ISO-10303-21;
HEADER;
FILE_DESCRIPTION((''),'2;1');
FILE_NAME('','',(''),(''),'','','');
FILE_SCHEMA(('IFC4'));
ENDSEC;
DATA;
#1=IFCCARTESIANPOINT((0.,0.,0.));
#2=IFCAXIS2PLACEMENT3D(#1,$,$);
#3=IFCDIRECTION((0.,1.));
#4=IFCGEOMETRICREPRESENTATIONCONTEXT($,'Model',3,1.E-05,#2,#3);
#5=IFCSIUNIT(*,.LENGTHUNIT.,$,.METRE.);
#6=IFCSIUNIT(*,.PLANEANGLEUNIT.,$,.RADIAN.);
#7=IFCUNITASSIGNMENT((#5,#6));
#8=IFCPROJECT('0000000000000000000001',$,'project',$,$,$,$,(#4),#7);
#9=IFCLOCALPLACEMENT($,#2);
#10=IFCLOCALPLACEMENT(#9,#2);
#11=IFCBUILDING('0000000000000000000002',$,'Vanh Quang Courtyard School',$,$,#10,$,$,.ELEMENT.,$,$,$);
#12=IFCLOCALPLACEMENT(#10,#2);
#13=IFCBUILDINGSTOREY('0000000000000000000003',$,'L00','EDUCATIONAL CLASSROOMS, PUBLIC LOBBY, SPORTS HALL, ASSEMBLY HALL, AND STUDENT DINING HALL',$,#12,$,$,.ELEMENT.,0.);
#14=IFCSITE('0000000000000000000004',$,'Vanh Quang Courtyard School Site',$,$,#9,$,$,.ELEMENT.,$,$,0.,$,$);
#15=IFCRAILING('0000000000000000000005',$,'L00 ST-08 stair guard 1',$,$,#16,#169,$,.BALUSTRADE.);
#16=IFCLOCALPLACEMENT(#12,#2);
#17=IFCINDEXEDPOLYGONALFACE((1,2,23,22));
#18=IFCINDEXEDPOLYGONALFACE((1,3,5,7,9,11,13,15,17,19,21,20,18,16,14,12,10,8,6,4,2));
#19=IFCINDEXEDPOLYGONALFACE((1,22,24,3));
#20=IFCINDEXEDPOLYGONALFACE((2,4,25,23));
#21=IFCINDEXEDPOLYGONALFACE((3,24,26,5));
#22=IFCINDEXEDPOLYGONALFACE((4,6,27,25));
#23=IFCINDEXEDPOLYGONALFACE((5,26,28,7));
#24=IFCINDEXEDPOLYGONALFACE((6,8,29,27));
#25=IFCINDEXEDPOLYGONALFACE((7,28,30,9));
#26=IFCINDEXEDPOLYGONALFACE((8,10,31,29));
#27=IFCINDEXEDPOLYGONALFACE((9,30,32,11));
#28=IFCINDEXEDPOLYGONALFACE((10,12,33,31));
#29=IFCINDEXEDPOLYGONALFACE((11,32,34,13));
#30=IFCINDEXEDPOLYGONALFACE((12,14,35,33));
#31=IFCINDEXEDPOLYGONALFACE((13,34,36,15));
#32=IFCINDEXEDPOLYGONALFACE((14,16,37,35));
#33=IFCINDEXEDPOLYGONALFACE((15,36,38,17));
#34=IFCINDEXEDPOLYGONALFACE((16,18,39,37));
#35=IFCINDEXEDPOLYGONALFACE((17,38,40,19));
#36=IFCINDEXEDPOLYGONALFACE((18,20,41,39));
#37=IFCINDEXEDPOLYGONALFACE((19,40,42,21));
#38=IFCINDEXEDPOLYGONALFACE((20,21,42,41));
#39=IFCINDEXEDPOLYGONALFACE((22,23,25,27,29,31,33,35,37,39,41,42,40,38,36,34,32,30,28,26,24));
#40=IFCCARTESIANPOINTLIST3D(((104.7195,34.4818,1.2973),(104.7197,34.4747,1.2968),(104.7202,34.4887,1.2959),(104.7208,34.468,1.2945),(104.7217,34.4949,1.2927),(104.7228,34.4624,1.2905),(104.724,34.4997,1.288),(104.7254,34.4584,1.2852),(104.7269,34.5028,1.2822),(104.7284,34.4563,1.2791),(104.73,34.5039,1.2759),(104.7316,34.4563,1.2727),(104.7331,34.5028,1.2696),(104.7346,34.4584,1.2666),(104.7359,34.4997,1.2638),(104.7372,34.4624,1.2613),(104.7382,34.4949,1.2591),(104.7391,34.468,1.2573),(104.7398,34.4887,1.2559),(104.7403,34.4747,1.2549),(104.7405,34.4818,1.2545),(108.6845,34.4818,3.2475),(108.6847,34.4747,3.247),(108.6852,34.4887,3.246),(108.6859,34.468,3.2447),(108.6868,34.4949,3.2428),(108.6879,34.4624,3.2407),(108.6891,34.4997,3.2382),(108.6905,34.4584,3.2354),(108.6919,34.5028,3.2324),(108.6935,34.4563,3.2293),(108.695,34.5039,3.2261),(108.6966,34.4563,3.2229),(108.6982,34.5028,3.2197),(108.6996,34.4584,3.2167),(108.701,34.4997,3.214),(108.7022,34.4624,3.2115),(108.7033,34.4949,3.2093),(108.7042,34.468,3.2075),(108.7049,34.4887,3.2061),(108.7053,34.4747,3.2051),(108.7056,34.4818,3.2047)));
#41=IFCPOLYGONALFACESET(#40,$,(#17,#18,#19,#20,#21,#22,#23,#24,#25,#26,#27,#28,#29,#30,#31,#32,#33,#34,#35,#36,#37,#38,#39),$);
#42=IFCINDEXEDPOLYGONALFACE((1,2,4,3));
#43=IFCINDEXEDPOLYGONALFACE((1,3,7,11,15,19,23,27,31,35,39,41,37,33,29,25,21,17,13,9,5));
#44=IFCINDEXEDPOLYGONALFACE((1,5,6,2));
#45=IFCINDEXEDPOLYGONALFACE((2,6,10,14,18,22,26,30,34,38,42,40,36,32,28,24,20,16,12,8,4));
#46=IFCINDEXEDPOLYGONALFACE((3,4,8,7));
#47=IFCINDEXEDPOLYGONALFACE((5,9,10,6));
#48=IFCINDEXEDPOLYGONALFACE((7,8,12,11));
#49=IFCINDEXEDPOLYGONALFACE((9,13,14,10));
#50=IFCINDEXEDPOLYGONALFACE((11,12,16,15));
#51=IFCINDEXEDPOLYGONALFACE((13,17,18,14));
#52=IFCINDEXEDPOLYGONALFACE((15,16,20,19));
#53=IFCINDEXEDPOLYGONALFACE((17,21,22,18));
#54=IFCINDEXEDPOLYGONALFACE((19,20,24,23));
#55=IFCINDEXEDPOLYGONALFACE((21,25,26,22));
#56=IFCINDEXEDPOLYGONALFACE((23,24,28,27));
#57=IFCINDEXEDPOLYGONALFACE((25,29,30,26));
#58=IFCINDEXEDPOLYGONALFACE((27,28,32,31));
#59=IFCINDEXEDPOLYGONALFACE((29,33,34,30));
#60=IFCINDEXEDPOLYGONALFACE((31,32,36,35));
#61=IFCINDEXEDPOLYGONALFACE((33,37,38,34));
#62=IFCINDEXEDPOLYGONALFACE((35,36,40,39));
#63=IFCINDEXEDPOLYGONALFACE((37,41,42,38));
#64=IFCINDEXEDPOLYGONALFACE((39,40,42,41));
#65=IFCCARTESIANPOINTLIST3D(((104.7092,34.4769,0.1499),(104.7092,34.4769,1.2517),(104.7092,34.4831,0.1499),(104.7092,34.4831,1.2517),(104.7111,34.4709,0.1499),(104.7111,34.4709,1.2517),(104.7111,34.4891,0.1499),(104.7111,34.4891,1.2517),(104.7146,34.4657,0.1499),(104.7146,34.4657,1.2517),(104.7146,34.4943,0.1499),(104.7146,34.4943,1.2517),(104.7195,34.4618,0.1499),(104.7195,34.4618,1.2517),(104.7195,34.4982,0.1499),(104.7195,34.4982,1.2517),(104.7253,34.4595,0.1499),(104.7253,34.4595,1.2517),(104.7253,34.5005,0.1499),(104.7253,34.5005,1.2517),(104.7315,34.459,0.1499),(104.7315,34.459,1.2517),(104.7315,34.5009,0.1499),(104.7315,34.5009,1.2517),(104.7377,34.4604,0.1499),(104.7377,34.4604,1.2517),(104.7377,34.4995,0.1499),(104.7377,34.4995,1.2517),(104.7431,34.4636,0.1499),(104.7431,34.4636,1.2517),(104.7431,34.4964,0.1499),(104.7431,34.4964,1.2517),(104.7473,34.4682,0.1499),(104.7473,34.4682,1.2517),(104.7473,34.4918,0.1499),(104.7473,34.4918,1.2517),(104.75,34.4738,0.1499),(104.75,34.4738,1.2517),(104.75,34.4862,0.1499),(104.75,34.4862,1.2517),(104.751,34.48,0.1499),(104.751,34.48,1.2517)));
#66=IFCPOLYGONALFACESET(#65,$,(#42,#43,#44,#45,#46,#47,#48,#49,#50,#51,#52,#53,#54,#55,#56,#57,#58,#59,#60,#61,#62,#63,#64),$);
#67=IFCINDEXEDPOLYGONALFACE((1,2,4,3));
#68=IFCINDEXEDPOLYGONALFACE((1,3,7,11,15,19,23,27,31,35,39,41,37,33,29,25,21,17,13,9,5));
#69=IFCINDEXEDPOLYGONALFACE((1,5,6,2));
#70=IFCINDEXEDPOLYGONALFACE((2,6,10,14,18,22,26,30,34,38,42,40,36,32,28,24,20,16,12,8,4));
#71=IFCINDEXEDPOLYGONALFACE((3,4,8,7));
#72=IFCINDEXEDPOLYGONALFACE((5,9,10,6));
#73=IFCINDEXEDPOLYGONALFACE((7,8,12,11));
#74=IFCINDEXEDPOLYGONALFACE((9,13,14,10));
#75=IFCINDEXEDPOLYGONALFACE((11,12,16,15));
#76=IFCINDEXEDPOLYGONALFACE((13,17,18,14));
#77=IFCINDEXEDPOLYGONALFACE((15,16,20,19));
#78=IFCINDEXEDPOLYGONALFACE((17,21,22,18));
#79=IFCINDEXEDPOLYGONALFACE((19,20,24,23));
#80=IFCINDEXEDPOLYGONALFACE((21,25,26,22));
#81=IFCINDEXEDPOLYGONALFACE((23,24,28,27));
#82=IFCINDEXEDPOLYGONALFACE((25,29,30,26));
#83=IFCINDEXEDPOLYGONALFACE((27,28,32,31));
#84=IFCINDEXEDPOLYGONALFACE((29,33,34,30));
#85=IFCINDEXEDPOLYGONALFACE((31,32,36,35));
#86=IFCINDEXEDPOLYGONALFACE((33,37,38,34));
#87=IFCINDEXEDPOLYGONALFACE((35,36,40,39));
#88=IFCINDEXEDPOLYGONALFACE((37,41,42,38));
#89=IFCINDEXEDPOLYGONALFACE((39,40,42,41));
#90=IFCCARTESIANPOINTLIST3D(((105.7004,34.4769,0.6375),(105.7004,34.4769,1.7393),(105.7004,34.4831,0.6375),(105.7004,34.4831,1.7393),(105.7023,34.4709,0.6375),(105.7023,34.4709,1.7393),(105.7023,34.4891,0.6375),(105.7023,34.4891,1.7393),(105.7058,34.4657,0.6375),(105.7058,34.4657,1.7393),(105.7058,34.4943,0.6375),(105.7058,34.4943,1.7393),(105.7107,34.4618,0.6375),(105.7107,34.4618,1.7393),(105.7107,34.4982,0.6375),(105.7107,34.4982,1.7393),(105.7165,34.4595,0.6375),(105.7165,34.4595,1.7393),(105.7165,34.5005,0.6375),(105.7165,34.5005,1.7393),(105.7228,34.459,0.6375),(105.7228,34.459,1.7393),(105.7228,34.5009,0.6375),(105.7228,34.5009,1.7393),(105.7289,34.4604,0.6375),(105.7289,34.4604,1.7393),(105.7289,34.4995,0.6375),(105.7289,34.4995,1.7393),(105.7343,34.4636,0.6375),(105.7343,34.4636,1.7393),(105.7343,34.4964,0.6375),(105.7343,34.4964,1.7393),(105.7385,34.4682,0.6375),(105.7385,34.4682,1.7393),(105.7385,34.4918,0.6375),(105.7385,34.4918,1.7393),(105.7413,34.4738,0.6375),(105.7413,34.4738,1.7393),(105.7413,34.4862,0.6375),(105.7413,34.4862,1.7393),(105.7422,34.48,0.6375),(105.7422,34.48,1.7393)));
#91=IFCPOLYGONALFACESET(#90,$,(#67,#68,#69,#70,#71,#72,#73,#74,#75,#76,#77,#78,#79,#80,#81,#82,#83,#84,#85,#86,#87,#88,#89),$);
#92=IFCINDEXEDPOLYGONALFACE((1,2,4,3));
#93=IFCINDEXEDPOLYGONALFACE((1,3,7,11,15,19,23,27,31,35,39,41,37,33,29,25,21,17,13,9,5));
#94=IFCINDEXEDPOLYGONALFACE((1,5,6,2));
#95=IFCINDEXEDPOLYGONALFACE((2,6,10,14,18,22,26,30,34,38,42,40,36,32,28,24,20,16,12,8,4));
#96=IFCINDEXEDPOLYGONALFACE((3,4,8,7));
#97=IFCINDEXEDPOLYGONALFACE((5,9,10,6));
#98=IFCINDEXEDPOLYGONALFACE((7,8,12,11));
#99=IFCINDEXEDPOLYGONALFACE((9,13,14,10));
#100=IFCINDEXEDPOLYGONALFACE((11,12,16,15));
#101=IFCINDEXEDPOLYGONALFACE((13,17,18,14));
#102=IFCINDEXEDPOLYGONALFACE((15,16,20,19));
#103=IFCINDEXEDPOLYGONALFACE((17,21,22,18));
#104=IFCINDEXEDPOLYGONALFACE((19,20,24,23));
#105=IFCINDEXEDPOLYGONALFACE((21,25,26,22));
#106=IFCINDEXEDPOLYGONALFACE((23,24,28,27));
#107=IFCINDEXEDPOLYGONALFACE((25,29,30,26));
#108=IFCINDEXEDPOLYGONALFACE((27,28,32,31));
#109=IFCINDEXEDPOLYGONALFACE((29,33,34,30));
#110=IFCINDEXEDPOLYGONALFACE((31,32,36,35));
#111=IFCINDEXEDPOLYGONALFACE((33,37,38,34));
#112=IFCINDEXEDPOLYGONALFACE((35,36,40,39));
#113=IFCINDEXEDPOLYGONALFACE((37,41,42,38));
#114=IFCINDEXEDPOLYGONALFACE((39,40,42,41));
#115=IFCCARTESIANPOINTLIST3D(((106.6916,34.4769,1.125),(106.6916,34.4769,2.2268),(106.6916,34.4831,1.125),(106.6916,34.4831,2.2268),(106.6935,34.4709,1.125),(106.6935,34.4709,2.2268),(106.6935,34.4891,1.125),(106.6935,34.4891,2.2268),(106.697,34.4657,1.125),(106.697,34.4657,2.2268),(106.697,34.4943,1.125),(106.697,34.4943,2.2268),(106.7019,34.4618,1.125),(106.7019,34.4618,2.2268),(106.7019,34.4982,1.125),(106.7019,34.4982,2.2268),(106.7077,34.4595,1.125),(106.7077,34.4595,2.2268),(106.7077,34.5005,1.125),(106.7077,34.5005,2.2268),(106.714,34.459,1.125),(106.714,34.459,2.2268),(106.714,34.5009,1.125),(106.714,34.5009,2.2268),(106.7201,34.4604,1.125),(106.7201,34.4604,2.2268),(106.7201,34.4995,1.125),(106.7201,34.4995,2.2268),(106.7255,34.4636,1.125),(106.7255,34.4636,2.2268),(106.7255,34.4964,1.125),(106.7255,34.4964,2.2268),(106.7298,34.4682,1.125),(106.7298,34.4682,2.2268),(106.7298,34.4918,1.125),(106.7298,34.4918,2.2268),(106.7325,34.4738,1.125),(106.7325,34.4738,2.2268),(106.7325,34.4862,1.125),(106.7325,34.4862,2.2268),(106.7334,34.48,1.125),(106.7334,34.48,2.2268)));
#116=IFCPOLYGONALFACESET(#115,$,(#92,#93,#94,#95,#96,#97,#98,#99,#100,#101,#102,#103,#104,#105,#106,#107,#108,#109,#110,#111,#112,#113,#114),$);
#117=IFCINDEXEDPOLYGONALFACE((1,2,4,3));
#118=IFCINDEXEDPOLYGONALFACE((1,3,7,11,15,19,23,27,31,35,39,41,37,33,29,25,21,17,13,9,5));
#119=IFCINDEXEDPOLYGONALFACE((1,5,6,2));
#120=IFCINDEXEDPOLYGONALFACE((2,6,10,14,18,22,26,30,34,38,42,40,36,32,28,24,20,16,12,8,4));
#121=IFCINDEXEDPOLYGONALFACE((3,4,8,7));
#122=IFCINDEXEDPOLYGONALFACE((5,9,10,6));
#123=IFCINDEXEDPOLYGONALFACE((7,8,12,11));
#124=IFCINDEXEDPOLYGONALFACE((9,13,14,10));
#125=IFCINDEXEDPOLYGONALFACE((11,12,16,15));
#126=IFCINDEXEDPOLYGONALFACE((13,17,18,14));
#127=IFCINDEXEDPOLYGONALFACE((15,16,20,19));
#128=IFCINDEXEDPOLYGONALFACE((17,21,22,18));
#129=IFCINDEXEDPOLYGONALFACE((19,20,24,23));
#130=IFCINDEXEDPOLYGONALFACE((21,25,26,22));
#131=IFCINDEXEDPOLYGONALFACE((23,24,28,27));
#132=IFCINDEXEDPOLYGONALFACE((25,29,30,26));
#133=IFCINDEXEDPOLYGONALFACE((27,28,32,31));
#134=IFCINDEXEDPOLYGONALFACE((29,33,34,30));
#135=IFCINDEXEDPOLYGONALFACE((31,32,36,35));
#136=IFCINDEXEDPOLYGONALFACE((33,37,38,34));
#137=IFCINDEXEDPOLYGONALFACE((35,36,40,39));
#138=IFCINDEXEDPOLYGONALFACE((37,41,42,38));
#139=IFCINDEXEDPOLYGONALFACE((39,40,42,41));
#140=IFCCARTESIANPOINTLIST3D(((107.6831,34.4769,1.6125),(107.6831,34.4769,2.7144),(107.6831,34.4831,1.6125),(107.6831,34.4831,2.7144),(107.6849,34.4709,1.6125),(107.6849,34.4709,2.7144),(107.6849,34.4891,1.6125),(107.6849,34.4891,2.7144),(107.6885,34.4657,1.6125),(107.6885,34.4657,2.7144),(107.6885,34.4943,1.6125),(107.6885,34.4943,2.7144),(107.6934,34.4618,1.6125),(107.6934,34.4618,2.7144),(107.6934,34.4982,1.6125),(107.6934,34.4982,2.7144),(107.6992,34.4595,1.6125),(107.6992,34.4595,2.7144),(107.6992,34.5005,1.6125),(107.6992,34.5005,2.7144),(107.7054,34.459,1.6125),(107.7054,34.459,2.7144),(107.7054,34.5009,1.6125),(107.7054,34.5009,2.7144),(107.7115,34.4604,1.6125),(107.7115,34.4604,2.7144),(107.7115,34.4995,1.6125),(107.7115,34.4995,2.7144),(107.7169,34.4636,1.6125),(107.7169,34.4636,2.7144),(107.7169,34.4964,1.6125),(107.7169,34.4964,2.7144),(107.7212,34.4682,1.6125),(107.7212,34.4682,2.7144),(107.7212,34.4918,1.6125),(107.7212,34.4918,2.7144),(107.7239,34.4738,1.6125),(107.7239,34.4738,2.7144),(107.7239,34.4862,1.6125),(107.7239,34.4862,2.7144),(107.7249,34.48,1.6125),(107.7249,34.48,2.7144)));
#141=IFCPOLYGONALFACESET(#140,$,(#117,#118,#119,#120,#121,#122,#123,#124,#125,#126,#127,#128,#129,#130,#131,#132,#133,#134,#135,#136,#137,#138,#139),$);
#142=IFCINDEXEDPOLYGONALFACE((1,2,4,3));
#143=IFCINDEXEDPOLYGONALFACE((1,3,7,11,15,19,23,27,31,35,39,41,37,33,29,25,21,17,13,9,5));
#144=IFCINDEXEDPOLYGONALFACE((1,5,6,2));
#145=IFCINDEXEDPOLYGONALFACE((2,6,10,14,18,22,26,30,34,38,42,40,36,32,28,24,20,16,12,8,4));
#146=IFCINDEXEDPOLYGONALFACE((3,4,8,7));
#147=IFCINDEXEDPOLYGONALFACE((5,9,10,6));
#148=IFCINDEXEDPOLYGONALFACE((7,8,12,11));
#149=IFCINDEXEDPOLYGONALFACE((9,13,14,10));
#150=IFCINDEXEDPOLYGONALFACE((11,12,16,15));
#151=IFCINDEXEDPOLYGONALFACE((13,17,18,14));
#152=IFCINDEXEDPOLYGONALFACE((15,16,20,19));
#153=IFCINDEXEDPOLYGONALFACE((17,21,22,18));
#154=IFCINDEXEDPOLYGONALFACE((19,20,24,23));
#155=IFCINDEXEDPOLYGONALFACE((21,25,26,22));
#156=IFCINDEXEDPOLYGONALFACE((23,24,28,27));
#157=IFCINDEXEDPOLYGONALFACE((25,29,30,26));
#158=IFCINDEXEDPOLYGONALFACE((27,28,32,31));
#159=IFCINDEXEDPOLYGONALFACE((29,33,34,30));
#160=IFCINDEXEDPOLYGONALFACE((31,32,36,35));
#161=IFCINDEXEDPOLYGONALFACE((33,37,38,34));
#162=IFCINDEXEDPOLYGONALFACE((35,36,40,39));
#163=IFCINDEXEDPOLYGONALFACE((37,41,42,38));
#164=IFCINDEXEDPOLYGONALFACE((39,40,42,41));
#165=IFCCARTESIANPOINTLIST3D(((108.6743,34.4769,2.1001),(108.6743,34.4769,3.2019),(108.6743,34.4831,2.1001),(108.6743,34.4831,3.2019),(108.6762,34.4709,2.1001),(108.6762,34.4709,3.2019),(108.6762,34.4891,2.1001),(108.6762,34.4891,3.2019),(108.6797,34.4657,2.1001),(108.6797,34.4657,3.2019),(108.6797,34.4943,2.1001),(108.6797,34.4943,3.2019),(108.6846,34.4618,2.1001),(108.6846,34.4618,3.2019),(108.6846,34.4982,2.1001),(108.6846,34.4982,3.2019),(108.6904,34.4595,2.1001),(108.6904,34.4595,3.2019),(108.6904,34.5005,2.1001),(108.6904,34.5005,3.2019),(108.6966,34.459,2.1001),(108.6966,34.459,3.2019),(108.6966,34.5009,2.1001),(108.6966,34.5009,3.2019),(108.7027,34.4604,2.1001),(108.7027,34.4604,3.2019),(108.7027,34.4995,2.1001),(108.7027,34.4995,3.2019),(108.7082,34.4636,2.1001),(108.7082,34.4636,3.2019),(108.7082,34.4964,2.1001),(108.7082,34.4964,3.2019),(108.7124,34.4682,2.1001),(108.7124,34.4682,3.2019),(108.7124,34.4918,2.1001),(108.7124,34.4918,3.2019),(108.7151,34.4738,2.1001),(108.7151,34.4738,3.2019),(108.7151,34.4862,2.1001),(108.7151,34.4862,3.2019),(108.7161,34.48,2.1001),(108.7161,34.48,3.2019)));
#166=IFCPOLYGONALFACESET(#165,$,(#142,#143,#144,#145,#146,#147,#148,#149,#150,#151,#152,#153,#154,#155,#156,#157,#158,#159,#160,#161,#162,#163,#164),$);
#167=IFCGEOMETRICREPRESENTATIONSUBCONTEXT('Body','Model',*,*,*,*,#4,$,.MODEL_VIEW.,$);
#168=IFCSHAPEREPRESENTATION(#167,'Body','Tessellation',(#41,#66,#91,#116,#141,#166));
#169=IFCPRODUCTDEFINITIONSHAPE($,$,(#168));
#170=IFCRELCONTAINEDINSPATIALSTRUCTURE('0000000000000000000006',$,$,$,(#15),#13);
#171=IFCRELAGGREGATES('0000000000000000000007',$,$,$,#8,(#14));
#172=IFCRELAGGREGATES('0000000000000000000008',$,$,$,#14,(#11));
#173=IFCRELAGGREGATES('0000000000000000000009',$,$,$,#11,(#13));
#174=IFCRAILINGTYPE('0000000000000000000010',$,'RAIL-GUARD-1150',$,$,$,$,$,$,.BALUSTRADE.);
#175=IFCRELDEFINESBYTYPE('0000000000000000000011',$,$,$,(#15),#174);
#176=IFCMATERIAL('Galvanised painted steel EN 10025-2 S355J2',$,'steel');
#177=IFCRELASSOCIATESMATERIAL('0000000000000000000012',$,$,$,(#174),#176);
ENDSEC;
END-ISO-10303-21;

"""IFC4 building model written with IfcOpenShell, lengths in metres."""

from ifc_helpers import new_model, si_unit, direction, frame, origin, origin_2d, place, context, subcontext, project, spatial, circle, extrude, material, type_object, element, save


model = new_model("IFC4")

# Units and contexts
model_context = context("Model", 3, precision=1e-05, world=origin(), true_north=direction((0.0, 1.0)))
body_context = subcontext(model_context, "Body", "Model", "MODEL_VIEW")
ifc_project = project(units=[si_unit("LENGTHUNIT", "METRE"), si_unit("PLANEANGLEUNIT", "RADIAN")], contexts=[model_context])

# Site, building, storey
site_placement = place(None, origin())
site = spatial("IfcSite", under=ifc_project, at=site_placement, Name="Vanh Quang Courtyard School Site", CompositionType="ELEMENT", RefElevation=0.0)
building_placement = place(site_placement, origin())
building = spatial("IfcBuilding", under=site, at=building_placement, Name="Vanh Quang Courtyard School", CompositionType="ELEMENT")
storey_placement = place(building_placement, origin())
storey = spatial("IfcBuildingStorey", under=building, at=storey_placement, Name="L00", Description="EDUCATIONAL CLASSROOMS, PUBLIC LOBBY, SPORTS HALL, ASSEMBLY HALL, AND STUDENT DINING HALL", CompositionType="ELEMENT", Elevation=0.0)

# Railing
ifc_material_1 = material(Name="Galvanised painted steel EN 10025-2 S355J2", Category="steel")
railing_type_1 = type_object("IfcRailingType", Name="RAIL-GUARD-1150", PredefinedType="BALUSTRADE", material=ifc_material_1)
railing_1_placement = place(storey_placement, frame((104.73, 34.48, 0.1499)))
element("IfcRailing", 1, at=railing_1_placement, inside=storey, type_object=railing_type_1, Name="L00 ST-08 stair guard 1", PredefinedType="BALUSTRADE", context=body_context, shape_type="SweptSolid", body=[
    extrude(circle(Radius=0.0239, at=origin_2d()), frame((0.0, 0.0, 1.126), z_axis=(0.897336, 0.0, 0.441347), x_axis=(0.0, 1.0, 0.0)), (0.0, 0.0, 1.0), 4.4187),
    extrude(circle(Radius=0.021, at=origin_2d()), origin(), (0.0, 0.0, 1.0), 1.1018),
    extrude(circle(Radius=0.021, at=origin_2d()), frame((0.9912, 0.0, 0.4875)), (0.0, 0.0, 1.0), 1.1018),
    extrude(circle(Radius=0.021, at=origin_2d()), frame((1.9824, 0.0, 0.9751)), (0.0, 0.0, 1.0), 1.1018),
    extrude(circle(Radius=0.021, at=origin_2d()), frame((2.9739, 0.0, 1.4626)), (0.0, 0.0, 1.0), 1.1018),
    extrude(circle(Radius=0.021, at=origin_2d()), frame((3.9651, 0.0, 1.9502)), (0.0, 0.0, 1.0), 1.1018),
])

save(model, "model.ifc")
